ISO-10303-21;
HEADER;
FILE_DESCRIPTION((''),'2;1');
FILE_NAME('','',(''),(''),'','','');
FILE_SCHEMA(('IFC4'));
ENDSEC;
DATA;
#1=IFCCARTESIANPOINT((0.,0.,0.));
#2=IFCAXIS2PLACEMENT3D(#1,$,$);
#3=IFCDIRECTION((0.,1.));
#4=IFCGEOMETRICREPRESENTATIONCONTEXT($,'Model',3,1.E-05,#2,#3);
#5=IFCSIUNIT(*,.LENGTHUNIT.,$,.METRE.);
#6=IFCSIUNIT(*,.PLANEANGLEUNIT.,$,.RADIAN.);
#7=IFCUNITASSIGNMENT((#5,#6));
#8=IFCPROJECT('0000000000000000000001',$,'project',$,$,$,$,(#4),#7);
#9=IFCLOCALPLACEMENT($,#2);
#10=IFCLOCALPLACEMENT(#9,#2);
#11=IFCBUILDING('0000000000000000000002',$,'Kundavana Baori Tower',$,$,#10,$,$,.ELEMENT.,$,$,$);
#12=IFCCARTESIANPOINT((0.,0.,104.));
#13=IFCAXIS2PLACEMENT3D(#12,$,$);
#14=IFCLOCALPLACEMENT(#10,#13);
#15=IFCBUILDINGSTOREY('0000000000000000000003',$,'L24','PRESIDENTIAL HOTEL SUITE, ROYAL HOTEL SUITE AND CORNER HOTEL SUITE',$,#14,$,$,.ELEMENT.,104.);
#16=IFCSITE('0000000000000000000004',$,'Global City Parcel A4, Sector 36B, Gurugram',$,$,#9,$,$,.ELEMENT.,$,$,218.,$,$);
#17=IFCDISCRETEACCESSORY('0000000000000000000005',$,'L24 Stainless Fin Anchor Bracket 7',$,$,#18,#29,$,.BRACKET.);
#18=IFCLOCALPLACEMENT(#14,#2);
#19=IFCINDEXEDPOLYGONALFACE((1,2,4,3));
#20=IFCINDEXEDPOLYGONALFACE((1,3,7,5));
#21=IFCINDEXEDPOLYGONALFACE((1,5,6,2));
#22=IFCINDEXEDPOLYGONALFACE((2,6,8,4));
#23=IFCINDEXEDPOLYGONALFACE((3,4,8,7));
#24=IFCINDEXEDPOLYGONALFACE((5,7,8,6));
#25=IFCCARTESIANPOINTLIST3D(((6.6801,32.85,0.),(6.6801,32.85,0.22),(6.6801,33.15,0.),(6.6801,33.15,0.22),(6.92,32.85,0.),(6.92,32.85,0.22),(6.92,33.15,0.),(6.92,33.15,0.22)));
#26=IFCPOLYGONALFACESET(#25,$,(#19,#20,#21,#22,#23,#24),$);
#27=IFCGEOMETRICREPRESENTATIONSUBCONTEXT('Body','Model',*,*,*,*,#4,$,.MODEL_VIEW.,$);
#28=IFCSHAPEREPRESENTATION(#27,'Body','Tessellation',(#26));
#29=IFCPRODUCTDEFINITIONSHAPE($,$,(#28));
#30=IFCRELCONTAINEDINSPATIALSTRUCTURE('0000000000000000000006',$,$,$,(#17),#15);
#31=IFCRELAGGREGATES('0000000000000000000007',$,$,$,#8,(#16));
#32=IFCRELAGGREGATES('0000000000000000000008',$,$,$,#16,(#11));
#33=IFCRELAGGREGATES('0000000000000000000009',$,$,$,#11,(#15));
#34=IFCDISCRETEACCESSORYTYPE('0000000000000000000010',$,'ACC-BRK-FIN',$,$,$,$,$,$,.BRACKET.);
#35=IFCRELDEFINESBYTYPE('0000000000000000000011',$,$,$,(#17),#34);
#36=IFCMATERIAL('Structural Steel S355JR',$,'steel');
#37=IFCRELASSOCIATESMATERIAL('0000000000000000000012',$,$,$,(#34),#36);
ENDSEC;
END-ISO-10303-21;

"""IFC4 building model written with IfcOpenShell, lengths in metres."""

from ifc_helpers import new_model, si_unit, direction, frame, origin, origin_2d, place, context, subcontext, project, spatial, rectangle, extrude, material, type_object, element, save


model = new_model("IFC4")

# Units and contexts
model_context = context("Model", 3, precision=1e-05, world=origin(), true_north=direction((0.0, 1.0)))
body_context = subcontext(model_context, "Body", "Model", "MODEL_VIEW")
ifc_project = project(units=[si_unit("LENGTHUNIT", "METRE"), si_unit("PLANEANGLEUNIT", "RADIAN")], contexts=[model_context])

# Site, building, storey
site_placement = place(None, origin())
site = spatial("IfcSite", under=ifc_project, at=site_placement, Name="Global City Parcel A4, Sector 36B, Gurugram", CompositionType="ELEMENT", RefElevation=218.0)
building_placement = place(site_placement, origin())
building = spatial("IfcBuilding", under=site, at=building_placement, Name="Kundavana Baori Tower", CompositionType="ELEMENT")
storey_placement = place(building_placement, frame((0.0, 0.0, 104.0)))
storey = spatial("IfcBuildingStorey", under=building, at=storey_placement, Name="L24", Description="PRESIDENTIAL HOTEL SUITE, ROYAL HOTEL SUITE AND CORNER HOTEL SUITE", CompositionType="ELEMENT", Elevation=104.0)

# Discrete accessory
ifc_material_1 = material(Name="Structural Steel S355JR", Category="steel")
discrete_accessory_type = type_object("IfcDiscreteAccessoryType", Name="ACC-BRK-FIN", PredefinedType="BRACKET", material=ifc_material_1)
discrete_accessory_placement = place(storey_placement, frame((6.8, 33.0, 0.0), z_axis=(0.0, 0.0, 1.0), x_axis=(1.0, 0.0, 0.0)))
element("IfcDiscreteAccessory", 1, at=discrete_accessory_placement, inside=storey, type_object=discrete_accessory_type, Name="L24 Stainless Fin Anchor Bracket 7", PredefinedType="BRACKET", context=body_context, shape_type="SweptSolid", body=[
    extrude(rectangle(XDim=0.24, YDim=0.3, at=origin_2d()), origin(), (0.0, 0.0, 1.0), 0.22),
])

save(model, "model.ifc")
